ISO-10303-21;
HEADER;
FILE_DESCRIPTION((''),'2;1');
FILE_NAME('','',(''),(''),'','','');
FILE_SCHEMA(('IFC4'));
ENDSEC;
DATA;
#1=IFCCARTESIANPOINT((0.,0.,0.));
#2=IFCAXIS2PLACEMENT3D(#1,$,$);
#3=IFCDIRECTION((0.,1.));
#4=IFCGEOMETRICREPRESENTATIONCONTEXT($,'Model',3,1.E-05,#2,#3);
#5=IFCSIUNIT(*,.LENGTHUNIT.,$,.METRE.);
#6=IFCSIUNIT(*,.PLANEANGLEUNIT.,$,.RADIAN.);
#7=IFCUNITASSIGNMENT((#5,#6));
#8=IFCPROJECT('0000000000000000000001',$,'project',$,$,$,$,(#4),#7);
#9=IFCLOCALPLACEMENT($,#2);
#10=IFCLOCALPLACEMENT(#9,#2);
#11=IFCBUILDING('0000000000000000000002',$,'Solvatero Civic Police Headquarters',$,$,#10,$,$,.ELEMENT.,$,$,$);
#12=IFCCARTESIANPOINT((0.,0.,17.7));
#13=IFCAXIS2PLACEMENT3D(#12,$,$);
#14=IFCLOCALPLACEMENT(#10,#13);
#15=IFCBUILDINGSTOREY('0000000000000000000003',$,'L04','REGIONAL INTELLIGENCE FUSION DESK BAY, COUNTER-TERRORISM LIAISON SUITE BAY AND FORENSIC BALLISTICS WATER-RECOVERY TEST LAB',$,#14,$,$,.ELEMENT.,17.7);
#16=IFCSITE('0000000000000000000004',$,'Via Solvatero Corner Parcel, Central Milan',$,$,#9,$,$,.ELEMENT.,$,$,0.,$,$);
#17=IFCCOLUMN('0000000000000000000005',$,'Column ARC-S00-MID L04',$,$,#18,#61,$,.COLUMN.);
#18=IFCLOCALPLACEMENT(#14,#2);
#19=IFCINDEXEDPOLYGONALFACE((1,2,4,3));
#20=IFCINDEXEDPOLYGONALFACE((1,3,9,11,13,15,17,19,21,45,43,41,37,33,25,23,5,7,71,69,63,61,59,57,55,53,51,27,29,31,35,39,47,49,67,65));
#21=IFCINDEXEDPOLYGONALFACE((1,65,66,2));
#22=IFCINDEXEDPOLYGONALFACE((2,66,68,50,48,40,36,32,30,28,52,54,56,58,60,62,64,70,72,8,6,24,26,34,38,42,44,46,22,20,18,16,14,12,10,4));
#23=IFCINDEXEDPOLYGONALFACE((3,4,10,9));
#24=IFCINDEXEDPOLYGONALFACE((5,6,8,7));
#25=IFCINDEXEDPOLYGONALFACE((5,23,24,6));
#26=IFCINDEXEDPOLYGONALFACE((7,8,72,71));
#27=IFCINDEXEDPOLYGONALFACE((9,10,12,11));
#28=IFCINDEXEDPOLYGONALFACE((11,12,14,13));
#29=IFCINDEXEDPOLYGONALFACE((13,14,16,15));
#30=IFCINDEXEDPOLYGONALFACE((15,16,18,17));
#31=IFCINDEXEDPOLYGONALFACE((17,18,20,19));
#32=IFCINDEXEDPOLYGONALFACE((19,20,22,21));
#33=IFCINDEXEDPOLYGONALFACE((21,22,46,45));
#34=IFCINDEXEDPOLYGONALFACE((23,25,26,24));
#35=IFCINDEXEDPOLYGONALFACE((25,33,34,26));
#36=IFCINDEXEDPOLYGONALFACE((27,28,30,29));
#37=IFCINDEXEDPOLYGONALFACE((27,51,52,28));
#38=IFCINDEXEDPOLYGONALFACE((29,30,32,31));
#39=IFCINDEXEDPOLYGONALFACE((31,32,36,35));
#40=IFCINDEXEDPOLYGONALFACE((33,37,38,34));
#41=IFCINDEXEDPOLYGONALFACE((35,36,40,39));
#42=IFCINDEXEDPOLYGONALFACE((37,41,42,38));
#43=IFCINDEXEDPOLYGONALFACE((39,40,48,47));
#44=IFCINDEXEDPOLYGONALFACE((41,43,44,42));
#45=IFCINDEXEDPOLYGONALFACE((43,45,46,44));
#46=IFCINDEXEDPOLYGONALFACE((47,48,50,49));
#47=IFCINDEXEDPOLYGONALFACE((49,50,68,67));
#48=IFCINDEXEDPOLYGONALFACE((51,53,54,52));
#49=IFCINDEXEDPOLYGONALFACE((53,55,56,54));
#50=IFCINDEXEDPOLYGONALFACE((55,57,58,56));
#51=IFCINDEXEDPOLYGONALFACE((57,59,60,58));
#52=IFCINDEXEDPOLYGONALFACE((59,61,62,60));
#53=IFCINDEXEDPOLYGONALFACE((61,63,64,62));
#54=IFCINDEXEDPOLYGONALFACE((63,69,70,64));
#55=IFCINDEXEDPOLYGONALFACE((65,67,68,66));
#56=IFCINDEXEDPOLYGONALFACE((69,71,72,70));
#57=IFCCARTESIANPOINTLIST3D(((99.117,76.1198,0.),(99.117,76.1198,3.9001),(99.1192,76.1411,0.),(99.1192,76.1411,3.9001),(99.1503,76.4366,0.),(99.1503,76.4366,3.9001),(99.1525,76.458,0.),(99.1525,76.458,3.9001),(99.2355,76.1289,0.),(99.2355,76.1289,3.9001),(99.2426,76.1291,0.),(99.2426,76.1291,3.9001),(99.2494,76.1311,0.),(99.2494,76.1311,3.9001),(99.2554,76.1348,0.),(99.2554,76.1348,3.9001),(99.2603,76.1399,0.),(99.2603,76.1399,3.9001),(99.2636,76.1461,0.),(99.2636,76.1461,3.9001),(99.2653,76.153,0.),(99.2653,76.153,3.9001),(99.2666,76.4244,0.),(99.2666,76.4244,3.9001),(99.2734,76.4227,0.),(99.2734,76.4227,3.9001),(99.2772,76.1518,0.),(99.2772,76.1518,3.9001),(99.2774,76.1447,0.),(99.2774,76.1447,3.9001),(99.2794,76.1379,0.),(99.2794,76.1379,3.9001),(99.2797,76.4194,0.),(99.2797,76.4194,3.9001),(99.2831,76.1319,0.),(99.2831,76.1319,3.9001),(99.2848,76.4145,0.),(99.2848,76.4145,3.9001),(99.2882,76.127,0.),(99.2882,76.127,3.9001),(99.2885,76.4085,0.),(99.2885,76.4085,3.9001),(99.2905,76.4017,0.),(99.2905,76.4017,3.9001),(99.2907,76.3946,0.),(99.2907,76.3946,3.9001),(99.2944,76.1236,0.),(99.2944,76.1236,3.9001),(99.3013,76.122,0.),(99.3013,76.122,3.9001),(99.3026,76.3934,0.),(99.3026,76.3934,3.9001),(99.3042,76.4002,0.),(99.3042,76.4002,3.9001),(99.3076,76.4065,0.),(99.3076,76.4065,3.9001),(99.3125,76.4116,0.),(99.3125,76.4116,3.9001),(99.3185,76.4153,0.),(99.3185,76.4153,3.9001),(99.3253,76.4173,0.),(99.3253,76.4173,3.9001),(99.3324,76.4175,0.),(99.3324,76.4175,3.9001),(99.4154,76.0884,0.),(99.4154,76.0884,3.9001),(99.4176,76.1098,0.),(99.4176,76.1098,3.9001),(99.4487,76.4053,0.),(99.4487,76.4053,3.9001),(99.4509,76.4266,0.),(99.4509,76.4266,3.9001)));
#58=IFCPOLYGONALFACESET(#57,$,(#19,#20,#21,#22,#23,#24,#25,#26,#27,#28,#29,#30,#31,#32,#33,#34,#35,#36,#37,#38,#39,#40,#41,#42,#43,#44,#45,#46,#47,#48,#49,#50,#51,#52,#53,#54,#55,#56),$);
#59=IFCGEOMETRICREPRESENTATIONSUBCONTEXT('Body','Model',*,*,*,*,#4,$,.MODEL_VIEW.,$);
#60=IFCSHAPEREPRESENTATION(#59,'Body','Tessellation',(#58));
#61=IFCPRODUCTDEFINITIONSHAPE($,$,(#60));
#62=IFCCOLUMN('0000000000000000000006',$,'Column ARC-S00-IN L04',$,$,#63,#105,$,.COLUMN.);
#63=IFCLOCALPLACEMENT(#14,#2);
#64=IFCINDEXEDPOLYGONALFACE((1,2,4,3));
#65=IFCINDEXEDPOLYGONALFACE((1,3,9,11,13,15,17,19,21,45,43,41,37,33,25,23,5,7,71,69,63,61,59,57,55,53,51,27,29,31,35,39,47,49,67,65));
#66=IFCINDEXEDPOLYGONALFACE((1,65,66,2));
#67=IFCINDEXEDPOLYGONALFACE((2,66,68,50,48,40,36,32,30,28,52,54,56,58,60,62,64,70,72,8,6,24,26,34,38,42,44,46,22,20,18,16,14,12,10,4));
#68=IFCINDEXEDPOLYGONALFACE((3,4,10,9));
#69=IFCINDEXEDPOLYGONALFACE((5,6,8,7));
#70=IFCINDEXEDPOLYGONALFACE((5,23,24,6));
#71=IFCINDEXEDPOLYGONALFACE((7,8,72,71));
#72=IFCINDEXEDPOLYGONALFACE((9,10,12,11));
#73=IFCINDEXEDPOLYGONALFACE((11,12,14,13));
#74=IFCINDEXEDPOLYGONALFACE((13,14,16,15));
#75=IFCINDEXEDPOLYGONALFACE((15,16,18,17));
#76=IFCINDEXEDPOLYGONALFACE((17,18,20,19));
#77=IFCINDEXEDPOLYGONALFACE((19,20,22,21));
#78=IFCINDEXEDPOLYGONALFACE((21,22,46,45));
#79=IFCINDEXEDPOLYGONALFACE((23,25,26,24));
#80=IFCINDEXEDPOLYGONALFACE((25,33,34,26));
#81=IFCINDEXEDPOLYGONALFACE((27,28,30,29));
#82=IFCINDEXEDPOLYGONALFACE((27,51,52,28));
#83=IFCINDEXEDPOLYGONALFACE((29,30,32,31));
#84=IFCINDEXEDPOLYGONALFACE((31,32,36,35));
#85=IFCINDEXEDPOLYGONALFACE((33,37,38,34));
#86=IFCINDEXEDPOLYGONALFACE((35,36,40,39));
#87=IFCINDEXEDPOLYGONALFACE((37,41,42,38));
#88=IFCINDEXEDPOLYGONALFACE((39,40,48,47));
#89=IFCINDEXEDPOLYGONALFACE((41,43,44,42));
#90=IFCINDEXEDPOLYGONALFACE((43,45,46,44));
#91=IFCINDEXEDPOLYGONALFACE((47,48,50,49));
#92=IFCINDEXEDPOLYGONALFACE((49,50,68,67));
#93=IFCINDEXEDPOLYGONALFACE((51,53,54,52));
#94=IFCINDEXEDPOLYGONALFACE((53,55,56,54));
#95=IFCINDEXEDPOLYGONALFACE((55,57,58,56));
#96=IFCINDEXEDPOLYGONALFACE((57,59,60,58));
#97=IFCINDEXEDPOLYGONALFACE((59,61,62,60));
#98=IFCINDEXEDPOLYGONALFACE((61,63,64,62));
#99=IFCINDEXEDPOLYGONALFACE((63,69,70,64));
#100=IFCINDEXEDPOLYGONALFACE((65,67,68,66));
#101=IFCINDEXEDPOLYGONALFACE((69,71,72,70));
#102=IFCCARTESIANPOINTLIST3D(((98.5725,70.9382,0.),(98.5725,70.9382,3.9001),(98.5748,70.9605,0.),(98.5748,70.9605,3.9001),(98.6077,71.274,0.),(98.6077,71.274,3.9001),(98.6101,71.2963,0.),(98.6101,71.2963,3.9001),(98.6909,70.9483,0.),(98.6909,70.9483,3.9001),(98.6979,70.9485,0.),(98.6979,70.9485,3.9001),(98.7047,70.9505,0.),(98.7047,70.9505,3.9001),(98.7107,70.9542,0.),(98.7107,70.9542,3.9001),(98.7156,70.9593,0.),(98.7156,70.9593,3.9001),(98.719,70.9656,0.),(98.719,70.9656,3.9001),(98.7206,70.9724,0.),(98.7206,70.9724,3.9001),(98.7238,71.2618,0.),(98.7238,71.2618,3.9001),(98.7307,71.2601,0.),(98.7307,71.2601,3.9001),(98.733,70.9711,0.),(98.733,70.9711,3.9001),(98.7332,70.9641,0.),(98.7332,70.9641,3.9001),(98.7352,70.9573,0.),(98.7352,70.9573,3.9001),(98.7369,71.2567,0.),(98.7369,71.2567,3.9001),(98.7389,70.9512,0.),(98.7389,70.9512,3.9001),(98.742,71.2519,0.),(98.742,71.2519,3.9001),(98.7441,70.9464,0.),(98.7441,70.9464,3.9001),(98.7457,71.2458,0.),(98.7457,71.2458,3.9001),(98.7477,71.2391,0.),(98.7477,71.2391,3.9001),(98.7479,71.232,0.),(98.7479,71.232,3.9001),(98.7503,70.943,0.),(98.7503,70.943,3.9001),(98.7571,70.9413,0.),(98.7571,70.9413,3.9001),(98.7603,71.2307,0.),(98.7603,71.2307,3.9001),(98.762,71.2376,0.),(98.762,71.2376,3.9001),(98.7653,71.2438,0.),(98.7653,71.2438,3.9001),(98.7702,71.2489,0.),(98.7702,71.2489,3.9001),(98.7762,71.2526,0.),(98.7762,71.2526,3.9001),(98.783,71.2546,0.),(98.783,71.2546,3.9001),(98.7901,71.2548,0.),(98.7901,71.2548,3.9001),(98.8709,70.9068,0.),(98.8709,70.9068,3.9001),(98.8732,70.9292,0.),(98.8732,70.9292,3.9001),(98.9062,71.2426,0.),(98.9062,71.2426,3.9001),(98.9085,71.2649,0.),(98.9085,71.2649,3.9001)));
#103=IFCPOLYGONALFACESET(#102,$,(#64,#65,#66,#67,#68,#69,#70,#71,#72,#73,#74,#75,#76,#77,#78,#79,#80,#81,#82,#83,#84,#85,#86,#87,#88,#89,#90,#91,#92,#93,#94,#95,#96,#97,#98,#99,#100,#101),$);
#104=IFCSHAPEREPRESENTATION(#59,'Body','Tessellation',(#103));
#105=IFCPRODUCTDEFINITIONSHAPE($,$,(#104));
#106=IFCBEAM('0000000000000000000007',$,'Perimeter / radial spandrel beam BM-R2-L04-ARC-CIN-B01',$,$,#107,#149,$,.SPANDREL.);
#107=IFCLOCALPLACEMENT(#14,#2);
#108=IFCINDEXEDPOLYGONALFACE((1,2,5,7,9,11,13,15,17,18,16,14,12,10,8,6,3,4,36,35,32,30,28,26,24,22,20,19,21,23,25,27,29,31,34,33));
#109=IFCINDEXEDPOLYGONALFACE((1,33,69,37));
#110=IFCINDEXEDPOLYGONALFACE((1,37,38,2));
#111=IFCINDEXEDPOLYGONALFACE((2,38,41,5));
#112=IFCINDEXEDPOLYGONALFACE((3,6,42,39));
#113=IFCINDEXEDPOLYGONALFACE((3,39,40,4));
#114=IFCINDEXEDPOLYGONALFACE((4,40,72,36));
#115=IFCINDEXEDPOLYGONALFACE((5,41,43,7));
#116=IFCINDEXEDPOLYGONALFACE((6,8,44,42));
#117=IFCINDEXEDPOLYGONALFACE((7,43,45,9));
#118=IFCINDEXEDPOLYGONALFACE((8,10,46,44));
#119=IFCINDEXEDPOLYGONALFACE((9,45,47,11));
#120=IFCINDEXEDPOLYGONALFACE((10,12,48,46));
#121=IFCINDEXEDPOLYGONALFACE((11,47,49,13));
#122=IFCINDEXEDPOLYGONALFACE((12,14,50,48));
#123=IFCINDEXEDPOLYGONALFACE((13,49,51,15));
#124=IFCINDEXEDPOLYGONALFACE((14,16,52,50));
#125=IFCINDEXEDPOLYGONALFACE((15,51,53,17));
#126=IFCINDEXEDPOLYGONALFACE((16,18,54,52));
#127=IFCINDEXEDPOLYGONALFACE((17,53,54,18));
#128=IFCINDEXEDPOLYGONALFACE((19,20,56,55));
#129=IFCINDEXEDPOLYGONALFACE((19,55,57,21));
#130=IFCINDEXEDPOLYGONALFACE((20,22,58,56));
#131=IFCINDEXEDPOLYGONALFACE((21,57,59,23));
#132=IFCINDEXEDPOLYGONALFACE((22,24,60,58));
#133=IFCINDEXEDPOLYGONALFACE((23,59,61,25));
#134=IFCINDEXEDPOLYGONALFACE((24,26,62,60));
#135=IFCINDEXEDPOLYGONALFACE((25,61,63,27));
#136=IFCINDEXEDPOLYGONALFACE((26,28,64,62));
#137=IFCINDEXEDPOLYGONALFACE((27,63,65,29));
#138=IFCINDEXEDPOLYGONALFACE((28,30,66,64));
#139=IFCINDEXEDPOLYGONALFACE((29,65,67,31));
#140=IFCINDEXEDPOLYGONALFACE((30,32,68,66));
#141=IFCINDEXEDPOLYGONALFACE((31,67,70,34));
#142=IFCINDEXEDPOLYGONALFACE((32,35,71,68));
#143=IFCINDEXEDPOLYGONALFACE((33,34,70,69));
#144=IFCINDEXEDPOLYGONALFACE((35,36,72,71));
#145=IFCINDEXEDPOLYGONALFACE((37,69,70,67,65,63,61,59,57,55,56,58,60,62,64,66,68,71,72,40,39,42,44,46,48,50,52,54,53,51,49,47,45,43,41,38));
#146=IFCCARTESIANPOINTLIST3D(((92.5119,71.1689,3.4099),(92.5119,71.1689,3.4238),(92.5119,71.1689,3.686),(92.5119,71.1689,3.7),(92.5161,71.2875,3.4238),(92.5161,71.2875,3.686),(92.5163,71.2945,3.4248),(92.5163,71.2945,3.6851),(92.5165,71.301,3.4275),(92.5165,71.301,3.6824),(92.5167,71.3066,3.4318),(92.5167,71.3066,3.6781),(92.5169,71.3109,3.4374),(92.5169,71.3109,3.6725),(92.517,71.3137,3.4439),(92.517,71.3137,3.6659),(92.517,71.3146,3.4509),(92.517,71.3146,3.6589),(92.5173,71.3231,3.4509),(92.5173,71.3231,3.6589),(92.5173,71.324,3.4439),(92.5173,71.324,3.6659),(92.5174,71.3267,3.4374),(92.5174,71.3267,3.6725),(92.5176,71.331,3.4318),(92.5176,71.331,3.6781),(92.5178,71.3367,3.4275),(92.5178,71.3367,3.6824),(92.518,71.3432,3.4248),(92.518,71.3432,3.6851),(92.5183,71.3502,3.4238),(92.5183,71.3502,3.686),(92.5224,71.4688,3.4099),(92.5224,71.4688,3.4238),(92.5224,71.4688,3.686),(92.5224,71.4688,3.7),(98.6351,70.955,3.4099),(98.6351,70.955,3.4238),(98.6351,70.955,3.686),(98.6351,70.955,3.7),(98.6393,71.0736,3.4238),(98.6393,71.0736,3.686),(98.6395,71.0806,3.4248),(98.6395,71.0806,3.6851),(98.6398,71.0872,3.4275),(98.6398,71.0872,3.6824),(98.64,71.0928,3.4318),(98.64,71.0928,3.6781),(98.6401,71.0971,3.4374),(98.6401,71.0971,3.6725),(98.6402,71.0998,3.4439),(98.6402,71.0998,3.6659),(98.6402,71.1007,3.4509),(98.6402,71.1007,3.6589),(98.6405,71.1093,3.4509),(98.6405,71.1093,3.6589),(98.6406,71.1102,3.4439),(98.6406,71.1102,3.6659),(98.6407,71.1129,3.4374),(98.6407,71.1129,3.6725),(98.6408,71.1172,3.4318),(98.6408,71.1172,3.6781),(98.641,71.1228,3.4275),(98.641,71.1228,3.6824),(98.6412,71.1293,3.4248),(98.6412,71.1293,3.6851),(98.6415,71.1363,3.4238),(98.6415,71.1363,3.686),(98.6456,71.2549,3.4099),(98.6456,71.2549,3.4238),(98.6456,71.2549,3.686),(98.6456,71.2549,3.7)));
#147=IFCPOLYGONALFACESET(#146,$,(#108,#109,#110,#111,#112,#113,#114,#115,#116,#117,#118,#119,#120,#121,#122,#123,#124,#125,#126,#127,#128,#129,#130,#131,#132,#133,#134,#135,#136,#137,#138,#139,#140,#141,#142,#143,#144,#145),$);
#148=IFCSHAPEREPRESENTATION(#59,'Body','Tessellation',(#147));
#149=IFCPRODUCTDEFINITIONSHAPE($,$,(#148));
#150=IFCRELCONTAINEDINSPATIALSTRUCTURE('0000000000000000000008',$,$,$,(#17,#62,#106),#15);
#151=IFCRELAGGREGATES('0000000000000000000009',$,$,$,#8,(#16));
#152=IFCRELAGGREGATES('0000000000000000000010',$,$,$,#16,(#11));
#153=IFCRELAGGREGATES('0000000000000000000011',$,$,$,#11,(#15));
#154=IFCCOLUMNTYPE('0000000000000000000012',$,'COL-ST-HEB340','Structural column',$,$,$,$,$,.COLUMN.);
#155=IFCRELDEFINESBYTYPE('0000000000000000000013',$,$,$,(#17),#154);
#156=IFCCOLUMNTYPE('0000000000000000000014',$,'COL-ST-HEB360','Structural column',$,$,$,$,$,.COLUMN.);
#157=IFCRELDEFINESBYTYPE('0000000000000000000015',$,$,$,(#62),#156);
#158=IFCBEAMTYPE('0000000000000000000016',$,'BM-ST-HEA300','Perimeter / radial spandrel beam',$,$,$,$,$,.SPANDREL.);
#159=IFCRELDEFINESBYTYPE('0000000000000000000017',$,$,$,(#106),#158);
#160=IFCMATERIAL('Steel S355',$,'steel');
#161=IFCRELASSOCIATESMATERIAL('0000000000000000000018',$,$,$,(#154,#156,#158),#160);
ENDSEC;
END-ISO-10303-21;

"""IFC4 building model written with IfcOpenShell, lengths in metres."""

from ifc_helpers import new_model, si_unit, direction, frame, origin, origin_2d, place, context, subcontext, project, spatial, i_section, extrude, material, material_profile, profile_set, type_object, element, save


model = new_model("IFC4")

# Units and contexts
model_context = context("Model", 3, precision=1e-05, world=origin(), true_north=direction((0.0, 1.0)))
body_context = subcontext(model_context, "Body", "Model", "MODEL_VIEW")
ifc_project = project(units=[si_unit("LENGTHUNIT", "METRE"), si_unit("PLANEANGLEUNIT", "RADIAN")], contexts=[model_context])

# Site, building, storey
site_placement = place(None, origin())
site = spatial("IfcSite", under=ifc_project, at=site_placement, Name="Via Solvatero Corner Parcel, Central Milan", CompositionType="ELEMENT", RefElevation=0.0)
building_placement = place(site_placement, origin())
building = spatial("IfcBuilding", under=site, at=building_placement, Name="Solvatero Civic Police Headquarters", CompositionType="ELEMENT")
storey_placement = place(building_placement, frame((0.0, 0.0, 17.7)))
storey = spatial("IfcBuildingStorey", under=building, at=storey_placement, Name="L04", Description="REGIONAL INTELLIGENCE FUSION DESK BAY, COUNTER-TERRORISM LIAISON SUITE BAY AND FORENSIC BALLISTICS WATER-RECOVERY TEST LAB", CompositionType="ELEMENT", Elevation=17.7)

# Columns
ifc_material_1 = material(Name="Steel S355", Category="steel")
ifc_material_profile_1 = material_profile(ifc_material_1, i_section(OverallWidth=0.3, OverallDepth=0.3401, WebThickness=0.012, FlangeThickness=0.0215, FilletRadius=0.0271, at=origin_2d()), Name="HEB 340")
ifc_profile_set_1 = profile_set([ifc_material_profile_1], Name="Steel S355")
column_type_1 = type_object("IfcColumnType", Name="COL-ST-HEB340", Description="Structural column", PredefinedType="COLUMN", material=ifc_profile_set_1)
column_1_placement = place(storey_placement, frame((99.2839, 76.2732, 0.0), z_axis=(0.0, 0.0, 1.0), x_axis=(0.994522, -0.104528, 0.0)))
element("IfcColumn", 1, at=column_1_placement, inside=storey, type_object=column_type_1, Name="Column ARC-S00-MID L04", PredefinedType="COLUMN", context=body_context, shape_type="SweptSolid", body=[
    extrude(i_section(OverallWidth=0.3, OverallDepth=0.3401, WebThickness=0.012, FlangeThickness=0.0215, FilletRadius=0.0271, at=origin_2d()), origin(), (0.0, 0.0, 1.0), 3.9001),
])
ifc_material_profile_2 = material_profile(ifc_material_1, i_section(OverallWidth=0.3, OverallDepth=0.3601, WebThickness=0.0125, FlangeThickness=0.0225, FilletRadius=0.0271, at=origin_2d()), Name="HEB 360")
ifc_profile_set_2 = profile_set([ifc_material_profile_2], Name="Steel S355")
column_type_2 = type_object("IfcColumnType", Name="COL-ST-HEB360", Description="Structural column", PredefinedType="COLUMN", material=ifc_profile_set_2)
column_2_placement = place(storey_placement, frame((98.7405, 71.1016, 0.0), z_axis=(0.0, 0.0, 1.0), x_axis=(0.994522, -0.104528, 0.0)))
element("IfcColumn", 2, at=column_2_placement, inside=storey, type_object=column_type_2, Name="Column ARC-S00-IN L04", PredefinedType="COLUMN", context=body_context, shape_type="SweptSolid", body=[
    extrude(i_section(OverallWidth=0.3, OverallDepth=0.3601, WebThickness=0.0125, FlangeThickness=0.0225, FilletRadius=0.0271, at=origin_2d()), origin(), (0.0, 0.0, 1.0), 3.9001),
])

# Beam
ifc_material_profile_3 = material_profile(ifc_material_1, i_section(OverallWidth=0.3, OverallDepth=0.29, WebThickness=0.0085, FlangeThickness=0.0139, FilletRadius=0.0271, at=origin_2d()), Name="HEA 300")
ifc_profile_set_3 = profile_set([ifc_material_profile_3], Name="Steel S355")
beam_type_1 = type_object("IfcBeamType", Name="BM-ST-HEA300", Description="Perimeter / radial spandrel beam", PredefinedType="SPANDREL", material=ifc_profile_set_3)
beam_1_placement = place(storey_placement, frame((98.6404, 71.105, 3.5549), z_axis=(-0.999391, 0.034906, 0.0), x_axis=(-0.034906, -0.999391, 0.0)))
element("IfcBeam", 3, at=beam_1_placement, inside=storey, type_object=beam_type_1, Name="Perimeter / radial spandrel beam BM-R2-L04-ARC-CIN-B01", PredefinedType="SPANDREL", context=body_context, shape_type="SweptSolid", body=[
    extrude(i_section(OverallWidth=0.3, OverallDepth=0.29, WebThickness=0.0085, FlangeThickness=0.0139, FilletRadius=0.0271, at=origin_2d()), origin(), (0.0, 0.0, 1.0), 6.127),
])

save(model, "model.ifc")
